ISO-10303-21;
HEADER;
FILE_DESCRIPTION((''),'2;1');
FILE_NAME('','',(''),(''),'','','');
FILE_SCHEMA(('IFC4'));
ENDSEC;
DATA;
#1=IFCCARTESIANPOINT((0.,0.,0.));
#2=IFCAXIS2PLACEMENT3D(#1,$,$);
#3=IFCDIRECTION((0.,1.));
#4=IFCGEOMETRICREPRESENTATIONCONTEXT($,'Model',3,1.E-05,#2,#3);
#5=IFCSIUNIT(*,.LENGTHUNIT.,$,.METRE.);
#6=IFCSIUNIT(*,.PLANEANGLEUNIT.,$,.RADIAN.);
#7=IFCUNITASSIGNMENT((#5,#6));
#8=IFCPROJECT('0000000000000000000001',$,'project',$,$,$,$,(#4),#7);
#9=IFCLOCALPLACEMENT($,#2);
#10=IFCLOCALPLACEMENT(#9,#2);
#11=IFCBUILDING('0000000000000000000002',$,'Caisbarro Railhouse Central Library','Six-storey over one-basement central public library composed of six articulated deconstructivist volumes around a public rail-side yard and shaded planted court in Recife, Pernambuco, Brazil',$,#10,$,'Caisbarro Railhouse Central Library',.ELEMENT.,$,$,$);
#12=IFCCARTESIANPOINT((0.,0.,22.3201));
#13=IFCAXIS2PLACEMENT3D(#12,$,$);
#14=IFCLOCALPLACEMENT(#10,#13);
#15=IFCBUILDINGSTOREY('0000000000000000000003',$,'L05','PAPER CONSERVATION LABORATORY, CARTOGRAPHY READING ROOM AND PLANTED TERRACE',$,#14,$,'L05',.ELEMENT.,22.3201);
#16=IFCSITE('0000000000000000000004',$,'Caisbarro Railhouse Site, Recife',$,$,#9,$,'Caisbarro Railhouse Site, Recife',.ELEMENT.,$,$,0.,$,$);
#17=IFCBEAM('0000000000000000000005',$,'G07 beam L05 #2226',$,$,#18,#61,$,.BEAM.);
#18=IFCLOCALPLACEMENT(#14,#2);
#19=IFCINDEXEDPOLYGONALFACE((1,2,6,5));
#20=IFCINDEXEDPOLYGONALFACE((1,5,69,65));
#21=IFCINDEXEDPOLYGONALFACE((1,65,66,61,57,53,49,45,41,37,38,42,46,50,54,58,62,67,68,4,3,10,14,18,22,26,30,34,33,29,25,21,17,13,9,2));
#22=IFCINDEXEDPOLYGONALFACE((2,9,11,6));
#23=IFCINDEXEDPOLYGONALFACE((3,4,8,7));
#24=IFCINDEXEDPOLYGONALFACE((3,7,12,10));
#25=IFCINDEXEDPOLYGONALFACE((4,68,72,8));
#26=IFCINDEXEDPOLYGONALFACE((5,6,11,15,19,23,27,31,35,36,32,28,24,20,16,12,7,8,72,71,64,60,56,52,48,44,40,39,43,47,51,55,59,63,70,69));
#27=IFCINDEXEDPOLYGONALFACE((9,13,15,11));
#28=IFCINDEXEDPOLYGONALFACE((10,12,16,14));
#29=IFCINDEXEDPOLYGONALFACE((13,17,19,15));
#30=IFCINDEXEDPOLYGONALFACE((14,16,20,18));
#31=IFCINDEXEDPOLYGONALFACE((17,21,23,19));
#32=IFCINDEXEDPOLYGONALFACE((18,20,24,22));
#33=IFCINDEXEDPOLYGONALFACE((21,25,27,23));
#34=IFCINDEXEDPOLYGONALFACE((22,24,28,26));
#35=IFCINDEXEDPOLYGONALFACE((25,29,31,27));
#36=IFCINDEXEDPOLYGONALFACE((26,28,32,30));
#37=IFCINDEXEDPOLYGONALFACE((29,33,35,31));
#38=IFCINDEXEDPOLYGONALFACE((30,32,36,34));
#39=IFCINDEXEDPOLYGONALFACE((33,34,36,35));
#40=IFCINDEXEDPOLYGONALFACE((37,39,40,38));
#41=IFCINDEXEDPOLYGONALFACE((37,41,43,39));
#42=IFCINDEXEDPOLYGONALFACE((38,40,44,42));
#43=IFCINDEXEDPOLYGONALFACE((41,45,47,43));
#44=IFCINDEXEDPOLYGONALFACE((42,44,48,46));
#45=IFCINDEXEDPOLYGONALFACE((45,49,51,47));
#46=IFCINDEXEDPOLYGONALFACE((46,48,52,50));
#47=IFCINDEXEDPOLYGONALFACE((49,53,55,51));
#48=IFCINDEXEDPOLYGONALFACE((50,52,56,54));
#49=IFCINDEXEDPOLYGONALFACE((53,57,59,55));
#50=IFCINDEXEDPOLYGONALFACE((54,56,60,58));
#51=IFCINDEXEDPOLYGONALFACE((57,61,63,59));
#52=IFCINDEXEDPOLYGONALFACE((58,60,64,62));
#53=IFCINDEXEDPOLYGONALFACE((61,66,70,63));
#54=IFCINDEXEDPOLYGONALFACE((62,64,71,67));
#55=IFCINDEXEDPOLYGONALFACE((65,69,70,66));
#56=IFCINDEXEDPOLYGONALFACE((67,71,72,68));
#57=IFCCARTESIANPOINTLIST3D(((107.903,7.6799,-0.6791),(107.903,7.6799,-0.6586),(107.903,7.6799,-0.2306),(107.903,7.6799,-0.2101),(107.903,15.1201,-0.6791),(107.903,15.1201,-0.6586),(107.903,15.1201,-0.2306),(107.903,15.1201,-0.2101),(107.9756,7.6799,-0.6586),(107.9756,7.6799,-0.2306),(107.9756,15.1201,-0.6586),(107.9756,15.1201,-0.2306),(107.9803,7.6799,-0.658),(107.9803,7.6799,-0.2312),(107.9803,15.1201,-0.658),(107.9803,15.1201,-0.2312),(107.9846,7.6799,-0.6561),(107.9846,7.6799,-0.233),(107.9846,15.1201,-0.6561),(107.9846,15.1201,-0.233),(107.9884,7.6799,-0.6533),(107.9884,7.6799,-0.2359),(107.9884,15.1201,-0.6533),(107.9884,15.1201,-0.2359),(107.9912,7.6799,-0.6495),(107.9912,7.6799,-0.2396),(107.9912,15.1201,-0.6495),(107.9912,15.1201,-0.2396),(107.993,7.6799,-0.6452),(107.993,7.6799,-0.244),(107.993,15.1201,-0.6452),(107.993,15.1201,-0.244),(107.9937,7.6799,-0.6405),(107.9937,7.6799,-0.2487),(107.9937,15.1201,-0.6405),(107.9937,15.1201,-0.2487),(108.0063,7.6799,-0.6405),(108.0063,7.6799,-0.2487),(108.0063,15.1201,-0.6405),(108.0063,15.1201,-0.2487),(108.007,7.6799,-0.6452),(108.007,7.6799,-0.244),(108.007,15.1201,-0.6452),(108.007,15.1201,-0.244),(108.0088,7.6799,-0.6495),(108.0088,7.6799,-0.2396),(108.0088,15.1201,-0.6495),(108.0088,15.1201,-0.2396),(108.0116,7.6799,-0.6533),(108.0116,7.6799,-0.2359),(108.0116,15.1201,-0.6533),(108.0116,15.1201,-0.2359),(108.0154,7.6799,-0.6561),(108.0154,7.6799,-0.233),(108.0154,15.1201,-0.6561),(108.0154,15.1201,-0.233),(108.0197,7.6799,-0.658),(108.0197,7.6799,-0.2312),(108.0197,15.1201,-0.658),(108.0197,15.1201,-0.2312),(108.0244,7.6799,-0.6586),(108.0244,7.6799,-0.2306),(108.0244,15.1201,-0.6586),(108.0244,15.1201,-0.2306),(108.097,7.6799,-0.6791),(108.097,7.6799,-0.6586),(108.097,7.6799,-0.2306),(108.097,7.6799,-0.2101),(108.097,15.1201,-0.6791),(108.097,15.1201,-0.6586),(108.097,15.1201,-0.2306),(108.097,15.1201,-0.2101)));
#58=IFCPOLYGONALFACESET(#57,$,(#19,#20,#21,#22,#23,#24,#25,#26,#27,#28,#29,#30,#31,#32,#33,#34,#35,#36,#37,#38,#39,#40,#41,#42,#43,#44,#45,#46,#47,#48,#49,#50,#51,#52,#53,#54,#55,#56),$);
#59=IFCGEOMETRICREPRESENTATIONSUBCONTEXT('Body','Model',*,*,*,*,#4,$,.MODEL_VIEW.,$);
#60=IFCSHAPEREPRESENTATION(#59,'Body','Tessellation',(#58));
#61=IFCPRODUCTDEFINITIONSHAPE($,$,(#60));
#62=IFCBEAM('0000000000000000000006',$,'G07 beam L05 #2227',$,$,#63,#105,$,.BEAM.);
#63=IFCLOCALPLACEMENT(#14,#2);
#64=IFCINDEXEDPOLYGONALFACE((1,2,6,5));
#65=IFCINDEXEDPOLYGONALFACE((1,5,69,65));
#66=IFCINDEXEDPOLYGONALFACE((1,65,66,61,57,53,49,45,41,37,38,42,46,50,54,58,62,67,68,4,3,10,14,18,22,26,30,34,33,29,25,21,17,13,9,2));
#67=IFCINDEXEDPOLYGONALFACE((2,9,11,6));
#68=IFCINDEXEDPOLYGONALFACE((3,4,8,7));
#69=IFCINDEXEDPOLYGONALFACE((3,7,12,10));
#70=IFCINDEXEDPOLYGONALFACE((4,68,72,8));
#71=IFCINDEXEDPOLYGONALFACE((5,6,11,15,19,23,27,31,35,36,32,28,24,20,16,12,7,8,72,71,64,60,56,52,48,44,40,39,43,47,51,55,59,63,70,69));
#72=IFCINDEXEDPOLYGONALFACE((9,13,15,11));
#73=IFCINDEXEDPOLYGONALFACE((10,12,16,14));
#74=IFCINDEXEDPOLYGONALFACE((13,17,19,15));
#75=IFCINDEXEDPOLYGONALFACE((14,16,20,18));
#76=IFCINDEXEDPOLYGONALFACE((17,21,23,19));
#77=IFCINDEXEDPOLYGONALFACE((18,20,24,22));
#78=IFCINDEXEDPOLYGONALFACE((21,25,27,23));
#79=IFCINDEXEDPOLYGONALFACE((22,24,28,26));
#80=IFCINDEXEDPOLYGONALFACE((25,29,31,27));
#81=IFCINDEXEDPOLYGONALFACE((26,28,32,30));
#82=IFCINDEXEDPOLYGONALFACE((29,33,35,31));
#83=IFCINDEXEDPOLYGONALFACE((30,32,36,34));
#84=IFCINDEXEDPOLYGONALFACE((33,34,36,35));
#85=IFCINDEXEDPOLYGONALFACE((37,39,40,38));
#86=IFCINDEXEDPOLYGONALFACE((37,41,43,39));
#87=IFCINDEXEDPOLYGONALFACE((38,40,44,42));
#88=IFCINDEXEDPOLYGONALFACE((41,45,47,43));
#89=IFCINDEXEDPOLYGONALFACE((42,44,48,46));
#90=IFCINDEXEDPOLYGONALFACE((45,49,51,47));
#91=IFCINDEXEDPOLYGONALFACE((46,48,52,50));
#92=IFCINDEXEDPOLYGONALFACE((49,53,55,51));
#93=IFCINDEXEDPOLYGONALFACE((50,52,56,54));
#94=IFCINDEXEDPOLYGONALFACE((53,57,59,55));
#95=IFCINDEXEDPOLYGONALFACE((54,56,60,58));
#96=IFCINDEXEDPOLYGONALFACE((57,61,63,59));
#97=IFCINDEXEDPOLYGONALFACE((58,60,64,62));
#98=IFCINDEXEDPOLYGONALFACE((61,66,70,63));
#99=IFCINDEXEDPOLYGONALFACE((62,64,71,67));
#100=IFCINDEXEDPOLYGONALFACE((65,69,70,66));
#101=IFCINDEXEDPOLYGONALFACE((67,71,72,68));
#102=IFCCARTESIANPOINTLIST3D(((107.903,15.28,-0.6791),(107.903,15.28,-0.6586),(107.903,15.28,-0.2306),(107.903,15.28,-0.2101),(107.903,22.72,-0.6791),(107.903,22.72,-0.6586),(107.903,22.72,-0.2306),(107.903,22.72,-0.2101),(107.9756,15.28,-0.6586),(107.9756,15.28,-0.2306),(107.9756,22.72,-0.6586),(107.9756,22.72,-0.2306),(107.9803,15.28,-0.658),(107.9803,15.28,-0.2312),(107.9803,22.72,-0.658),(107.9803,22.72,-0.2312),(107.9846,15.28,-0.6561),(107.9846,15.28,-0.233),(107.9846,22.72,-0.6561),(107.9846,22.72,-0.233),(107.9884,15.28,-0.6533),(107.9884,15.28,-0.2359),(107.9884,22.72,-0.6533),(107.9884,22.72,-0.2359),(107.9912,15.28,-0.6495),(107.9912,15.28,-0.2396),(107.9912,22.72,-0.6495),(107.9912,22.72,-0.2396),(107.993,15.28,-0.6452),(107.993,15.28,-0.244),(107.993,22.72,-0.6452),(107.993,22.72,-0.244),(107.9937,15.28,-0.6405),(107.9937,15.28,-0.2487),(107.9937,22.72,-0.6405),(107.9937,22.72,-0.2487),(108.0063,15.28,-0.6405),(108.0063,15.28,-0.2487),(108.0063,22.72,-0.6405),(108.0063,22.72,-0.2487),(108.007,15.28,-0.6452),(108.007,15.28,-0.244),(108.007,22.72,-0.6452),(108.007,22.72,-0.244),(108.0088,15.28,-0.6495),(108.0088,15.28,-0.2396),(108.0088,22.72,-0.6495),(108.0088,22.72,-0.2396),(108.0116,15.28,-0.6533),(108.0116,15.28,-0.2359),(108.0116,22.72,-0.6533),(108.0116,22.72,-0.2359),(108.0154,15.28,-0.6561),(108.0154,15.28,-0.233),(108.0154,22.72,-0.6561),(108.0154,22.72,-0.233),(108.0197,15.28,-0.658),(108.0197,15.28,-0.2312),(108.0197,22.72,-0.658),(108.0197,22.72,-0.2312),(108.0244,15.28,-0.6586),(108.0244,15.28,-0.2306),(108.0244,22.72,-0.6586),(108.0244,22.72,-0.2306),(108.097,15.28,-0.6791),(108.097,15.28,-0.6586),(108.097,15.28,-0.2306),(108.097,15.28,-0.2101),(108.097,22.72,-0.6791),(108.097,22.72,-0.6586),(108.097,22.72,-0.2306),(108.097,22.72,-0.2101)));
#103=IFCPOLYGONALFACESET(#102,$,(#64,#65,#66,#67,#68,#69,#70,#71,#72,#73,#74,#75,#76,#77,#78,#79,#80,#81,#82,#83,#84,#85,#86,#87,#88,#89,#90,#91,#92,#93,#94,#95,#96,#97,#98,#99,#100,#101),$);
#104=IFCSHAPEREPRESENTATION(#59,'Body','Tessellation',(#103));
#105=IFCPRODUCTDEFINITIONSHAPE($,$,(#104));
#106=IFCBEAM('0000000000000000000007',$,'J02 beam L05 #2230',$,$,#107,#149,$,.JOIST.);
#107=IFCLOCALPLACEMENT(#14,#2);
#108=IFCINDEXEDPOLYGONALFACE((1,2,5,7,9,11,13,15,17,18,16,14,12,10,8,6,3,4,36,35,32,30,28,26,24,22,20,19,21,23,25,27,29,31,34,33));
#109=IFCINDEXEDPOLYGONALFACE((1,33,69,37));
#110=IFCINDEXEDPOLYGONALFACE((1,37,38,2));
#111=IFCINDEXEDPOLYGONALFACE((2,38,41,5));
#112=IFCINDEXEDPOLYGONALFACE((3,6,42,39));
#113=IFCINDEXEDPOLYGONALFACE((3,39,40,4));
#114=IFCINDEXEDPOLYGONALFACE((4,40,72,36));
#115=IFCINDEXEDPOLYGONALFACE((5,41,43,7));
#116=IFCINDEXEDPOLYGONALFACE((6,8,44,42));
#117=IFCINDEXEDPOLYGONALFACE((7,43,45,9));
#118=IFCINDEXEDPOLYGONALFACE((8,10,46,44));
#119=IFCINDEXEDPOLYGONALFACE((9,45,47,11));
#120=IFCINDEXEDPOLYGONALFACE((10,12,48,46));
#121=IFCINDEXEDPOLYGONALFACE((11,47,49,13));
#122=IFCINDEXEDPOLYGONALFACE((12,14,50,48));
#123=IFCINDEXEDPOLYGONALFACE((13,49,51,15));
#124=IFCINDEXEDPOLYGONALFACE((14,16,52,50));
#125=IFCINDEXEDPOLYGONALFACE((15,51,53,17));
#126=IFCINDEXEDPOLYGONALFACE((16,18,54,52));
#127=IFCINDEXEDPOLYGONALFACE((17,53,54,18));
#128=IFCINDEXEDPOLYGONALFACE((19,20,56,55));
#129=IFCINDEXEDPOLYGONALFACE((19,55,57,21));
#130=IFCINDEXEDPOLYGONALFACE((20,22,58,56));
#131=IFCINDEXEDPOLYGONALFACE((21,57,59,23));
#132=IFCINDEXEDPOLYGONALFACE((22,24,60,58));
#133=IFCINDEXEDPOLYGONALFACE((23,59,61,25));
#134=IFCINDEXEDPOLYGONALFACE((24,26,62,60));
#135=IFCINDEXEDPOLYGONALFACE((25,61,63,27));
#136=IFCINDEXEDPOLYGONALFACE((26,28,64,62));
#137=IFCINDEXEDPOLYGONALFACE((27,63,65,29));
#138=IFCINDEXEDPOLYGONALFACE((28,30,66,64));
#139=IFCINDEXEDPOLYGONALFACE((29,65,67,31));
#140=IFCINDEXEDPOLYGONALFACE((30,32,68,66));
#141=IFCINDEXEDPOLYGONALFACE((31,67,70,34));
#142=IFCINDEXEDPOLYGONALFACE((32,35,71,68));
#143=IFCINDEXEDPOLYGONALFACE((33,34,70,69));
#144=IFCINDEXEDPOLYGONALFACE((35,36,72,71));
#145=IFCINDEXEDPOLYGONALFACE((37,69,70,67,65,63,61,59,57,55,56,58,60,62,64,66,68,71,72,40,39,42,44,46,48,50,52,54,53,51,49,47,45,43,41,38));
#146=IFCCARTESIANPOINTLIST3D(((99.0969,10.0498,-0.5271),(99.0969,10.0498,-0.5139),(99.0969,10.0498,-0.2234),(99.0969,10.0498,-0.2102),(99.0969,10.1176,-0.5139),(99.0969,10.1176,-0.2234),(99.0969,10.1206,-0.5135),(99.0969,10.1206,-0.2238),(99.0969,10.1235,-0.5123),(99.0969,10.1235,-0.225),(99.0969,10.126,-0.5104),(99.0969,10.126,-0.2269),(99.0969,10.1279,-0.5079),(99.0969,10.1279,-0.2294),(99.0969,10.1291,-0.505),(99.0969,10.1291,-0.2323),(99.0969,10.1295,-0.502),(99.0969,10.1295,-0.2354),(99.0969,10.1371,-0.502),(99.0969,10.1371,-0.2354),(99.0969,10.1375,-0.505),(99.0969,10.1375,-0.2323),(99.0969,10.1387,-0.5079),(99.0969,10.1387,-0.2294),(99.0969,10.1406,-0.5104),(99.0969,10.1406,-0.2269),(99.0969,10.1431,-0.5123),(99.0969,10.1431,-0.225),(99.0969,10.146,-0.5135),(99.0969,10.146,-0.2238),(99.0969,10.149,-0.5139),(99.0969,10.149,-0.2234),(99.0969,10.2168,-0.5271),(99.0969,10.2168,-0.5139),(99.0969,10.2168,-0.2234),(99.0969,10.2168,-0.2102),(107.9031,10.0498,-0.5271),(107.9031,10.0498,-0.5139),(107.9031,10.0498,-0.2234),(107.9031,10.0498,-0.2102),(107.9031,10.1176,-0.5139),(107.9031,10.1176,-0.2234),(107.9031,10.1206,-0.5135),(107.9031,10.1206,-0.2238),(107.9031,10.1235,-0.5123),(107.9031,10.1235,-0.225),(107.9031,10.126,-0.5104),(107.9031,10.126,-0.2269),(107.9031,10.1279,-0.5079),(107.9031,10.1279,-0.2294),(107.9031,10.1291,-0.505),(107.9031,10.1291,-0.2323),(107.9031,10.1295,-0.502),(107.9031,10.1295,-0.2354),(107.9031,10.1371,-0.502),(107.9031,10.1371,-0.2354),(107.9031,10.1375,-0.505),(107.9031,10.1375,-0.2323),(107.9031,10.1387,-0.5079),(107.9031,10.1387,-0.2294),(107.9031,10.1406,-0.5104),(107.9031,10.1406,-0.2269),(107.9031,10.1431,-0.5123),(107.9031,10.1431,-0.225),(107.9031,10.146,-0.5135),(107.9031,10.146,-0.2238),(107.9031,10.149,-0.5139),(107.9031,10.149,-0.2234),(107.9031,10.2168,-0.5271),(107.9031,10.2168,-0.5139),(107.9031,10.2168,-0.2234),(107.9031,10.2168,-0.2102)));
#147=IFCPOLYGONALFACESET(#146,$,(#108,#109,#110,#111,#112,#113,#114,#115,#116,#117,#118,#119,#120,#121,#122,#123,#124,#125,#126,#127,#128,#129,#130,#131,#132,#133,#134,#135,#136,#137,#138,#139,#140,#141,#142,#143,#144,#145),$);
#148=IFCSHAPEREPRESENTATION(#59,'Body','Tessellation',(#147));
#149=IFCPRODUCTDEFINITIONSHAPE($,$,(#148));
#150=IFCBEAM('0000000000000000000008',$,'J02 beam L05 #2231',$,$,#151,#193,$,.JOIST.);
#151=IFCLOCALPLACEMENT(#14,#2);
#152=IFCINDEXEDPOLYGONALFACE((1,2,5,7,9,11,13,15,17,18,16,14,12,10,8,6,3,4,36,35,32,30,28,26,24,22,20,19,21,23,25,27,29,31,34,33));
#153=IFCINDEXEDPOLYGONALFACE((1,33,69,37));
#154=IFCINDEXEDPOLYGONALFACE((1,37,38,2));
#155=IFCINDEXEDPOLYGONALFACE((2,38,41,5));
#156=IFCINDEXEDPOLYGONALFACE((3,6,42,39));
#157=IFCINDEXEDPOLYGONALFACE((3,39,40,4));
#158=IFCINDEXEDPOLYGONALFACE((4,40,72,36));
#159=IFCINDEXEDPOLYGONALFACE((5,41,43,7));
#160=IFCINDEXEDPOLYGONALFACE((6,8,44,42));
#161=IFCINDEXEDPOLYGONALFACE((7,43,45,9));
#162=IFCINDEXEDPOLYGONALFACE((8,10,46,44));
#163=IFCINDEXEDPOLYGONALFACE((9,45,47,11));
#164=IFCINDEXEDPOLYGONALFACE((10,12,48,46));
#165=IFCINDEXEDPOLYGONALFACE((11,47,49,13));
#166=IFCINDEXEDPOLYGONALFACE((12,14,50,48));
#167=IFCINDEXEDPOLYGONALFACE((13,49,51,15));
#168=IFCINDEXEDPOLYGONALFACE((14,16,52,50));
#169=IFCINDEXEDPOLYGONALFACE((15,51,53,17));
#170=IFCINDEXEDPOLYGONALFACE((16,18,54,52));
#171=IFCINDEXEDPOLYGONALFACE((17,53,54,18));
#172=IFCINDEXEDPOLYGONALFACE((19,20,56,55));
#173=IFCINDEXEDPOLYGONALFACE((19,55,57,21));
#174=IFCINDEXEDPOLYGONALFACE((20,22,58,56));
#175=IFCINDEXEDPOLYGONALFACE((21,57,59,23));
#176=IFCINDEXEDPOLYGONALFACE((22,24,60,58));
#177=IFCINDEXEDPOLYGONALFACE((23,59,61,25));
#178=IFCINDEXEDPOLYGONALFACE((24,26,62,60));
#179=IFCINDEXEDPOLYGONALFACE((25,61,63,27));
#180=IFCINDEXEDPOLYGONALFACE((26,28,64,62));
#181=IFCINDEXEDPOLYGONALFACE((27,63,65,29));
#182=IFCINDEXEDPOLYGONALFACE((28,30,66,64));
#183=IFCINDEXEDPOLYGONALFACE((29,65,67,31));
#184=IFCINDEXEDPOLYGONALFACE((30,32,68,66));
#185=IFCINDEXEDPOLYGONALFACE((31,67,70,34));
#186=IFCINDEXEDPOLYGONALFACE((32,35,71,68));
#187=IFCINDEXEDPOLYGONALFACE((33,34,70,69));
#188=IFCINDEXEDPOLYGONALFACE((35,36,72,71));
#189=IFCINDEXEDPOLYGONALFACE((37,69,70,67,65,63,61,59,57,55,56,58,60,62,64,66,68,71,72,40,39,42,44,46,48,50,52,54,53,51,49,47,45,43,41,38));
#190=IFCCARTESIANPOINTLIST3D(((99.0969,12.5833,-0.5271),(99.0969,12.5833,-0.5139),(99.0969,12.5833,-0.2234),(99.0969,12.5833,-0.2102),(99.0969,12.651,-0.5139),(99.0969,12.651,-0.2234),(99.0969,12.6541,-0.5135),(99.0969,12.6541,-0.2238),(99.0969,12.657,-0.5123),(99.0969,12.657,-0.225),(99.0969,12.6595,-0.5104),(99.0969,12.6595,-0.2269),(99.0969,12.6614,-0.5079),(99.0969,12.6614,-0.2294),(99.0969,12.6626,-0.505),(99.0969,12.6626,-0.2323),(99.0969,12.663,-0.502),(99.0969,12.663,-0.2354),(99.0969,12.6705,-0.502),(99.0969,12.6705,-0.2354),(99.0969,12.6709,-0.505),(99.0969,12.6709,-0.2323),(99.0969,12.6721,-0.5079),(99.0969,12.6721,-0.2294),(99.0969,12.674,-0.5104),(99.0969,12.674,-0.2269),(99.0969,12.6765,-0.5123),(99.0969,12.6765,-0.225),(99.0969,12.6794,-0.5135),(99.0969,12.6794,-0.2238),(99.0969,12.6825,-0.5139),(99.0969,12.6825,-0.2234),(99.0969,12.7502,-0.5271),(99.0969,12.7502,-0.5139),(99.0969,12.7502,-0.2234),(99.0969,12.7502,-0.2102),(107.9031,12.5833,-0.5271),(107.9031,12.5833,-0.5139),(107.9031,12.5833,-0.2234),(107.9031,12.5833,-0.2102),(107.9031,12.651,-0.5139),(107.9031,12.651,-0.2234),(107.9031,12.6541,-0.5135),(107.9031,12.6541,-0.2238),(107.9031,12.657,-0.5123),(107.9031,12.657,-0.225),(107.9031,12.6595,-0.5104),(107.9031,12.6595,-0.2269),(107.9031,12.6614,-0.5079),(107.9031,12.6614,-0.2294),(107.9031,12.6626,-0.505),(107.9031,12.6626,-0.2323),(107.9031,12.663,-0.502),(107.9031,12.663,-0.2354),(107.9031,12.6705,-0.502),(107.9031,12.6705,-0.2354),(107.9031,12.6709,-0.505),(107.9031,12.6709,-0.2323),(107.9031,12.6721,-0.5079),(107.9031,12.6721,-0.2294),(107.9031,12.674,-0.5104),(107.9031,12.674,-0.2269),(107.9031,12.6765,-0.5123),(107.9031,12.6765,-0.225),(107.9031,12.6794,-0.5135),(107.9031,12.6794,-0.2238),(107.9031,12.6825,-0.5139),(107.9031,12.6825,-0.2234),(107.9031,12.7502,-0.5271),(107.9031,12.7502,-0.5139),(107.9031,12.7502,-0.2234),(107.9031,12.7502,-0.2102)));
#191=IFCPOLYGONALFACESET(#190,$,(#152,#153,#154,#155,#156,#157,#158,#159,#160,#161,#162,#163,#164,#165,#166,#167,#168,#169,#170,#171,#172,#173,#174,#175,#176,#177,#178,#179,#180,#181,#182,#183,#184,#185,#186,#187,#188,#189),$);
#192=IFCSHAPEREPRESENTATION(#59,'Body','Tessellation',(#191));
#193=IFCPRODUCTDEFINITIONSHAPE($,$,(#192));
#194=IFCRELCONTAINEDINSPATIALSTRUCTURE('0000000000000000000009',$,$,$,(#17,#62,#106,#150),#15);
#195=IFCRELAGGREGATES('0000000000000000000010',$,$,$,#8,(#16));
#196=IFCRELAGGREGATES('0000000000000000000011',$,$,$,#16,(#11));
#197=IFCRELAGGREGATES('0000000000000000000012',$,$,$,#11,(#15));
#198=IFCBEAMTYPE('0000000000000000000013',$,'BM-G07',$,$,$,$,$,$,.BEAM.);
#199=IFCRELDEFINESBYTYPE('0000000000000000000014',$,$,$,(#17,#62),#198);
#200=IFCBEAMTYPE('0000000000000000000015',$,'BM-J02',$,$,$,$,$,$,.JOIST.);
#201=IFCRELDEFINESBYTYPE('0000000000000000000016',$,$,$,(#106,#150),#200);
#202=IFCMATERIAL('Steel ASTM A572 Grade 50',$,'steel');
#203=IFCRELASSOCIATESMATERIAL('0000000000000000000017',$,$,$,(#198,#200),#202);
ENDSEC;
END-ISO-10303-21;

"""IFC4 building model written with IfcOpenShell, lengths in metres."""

from ifc_helpers import new_model, si_unit, direction, frame, origin, origin_2d, place, context, subcontext, project, spatial, i_section, extrude, material, material_profile, profile_set, type_object, element, save


model = new_model("IFC4")

# Units and contexts
model_context = context("Model", 3, precision=1e-05, world=origin(), true_north=direction((0.0, 1.0)))
body_context = subcontext(model_context, "Body", "Model", "MODEL_VIEW")
ifc_project = project(units=[si_unit("LENGTHUNIT", "METRE"), si_unit("PLANEANGLEUNIT", "RADIAN")], contexts=[model_context])

# Site, building, storey
site_placement = place(None, origin())
site = spatial("IfcSite", under=ifc_project, at=site_placement, Name="Caisbarro Railhouse Site, Recife", LongName="Caisbarro Railhouse Site, Recife", CompositionType="ELEMENT", RefElevation=0.0)
building_placement = place(site_placement, origin())
building = spatial("IfcBuilding", under=site, at=building_placement, Name="Caisbarro Railhouse Central Library", Description="Six-storey over one-basement central public library composed of six articulated deconstructivist volumes around a public rail-side yard and shaded planted court in Recife, Pernambuco, Brazil", LongName="Caisbarro Railhouse Central Library", CompositionType="ELEMENT")
storey_placement = place(building_placement, frame((0.0, 0.0, 22.3201)))
storey = spatial("IfcBuildingStorey", under=building, at=storey_placement, Name="L05", Description="PAPER CONSERVATION LABORATORY, CARTOGRAPHY READING ROOM AND PLANTED TERRACE", LongName="L05", CompositionType="ELEMENT", Elevation=22.3201)

# Shared definitions
ifc_material_1 = material(Name="Steel ASTM A572 Grade 50", Category="steel")

# Beams
ifc_material_profile_1 = material_profile(ifc_material_1, i_section(OverallWidth=0.1941, OverallDepth=0.469, WebThickness=0.0127, FlangeThickness=0.0205, FilletRadius=0.0181, at=origin_2d()), Name="W460X106.0")
ifc_profile_set_1 = profile_set([ifc_material_profile_1], Name="Steel ASTM A572 Grade 50")
beam_type_1 = type_object("IfcBeamType", Name="BM-G07", PredefinedType="BEAM", material=ifc_profile_set_1)
beam_1_placement = place(storey_placement, frame((108.0, 7.6799, -0.4446), z_axis=(0.0, 1.0, 0.0), x_axis=(-1.0, 0.0, 0.0)))
element("IfcBeam", 1, at=beam_1_placement, inside=storey, type_object=beam_type_1, Name="G07 beam L05 #2226", PredefinedType="BEAM", context=body_context, shape_type="SweptSolid", body=[
    extrude(i_section(OverallWidth=0.1941, OverallDepth=0.469, WebThickness=0.0127, FlangeThickness=0.0205, FilletRadius=0.0181, at=origin_2d()), origin(), (0.0, 0.0, 1.0), 7.4402),
])
beam_2_placement = place(storey_placement, frame((108.0, 15.28, -0.4446), z_axis=(0.0, 1.0, 0.0), x_axis=(-1.0, 0.0, 0.0)))
element("IfcBeam", 2, at=beam_2_placement, inside=storey, type_object=beam_type_1, Name="G07 beam L05 #2227", PredefinedType="BEAM", context=body_context, shape_type="SweptSolid", body=[
    extrude(i_section(OverallWidth=0.1941, OverallDepth=0.469, WebThickness=0.0127, FlangeThickness=0.0205, FilletRadius=0.0181, at=origin_2d()), origin(), (0.0, 0.0, 1.0), 7.4399),
])
ifc_material_profile_2 = material_profile(ifc_material_1, i_section(OverallWidth=0.167, OverallDepth=0.3169, WebThickness=0.0076, FlangeThickness=0.0132, FilletRadius=0.012, at=origin_2d()), Name="W310X52.0")
ifc_profile_set_2 = profile_set([ifc_material_profile_2], Name="Steel ASTM A572 Grade 50")
beam_type_2 = type_object("IfcBeamType", Name="BM-J02", PredefinedType="JOIST", material=ifc_profile_set_2)
for number, where, z_axis, x_axis, name in (
    (3, (99.0969, 10.1333, -0.3687), (1.0, 0.0, 0.0), (0.0, 1.0, 0.0), "J02 beam L05 #2230"),
    (4, (99.0969, 12.6667, -0.3687), (1.0, 0.0, 0.0), (0.0, 1.0, 0.0), "J02 beam L05 #2231"),
):
    element("IfcBeam", number, at=place(storey_placement, frame(where, z_axis=z_axis, x_axis=x_axis)), inside=storey, type_object=beam_type_2, Name=name, PredefinedType="JOIST", context=body_context, shape_type="SweptSolid", body=[
        extrude(i_section(OverallWidth=0.167, OverallDepth=0.3169, WebThickness=0.0076, FlangeThickness=0.0132, FilletRadius=0.012, at=origin_2d()), origin(), (0.0, 0.0, 1.0), 8.8062),
    ])

save(model, "model.ifc")
